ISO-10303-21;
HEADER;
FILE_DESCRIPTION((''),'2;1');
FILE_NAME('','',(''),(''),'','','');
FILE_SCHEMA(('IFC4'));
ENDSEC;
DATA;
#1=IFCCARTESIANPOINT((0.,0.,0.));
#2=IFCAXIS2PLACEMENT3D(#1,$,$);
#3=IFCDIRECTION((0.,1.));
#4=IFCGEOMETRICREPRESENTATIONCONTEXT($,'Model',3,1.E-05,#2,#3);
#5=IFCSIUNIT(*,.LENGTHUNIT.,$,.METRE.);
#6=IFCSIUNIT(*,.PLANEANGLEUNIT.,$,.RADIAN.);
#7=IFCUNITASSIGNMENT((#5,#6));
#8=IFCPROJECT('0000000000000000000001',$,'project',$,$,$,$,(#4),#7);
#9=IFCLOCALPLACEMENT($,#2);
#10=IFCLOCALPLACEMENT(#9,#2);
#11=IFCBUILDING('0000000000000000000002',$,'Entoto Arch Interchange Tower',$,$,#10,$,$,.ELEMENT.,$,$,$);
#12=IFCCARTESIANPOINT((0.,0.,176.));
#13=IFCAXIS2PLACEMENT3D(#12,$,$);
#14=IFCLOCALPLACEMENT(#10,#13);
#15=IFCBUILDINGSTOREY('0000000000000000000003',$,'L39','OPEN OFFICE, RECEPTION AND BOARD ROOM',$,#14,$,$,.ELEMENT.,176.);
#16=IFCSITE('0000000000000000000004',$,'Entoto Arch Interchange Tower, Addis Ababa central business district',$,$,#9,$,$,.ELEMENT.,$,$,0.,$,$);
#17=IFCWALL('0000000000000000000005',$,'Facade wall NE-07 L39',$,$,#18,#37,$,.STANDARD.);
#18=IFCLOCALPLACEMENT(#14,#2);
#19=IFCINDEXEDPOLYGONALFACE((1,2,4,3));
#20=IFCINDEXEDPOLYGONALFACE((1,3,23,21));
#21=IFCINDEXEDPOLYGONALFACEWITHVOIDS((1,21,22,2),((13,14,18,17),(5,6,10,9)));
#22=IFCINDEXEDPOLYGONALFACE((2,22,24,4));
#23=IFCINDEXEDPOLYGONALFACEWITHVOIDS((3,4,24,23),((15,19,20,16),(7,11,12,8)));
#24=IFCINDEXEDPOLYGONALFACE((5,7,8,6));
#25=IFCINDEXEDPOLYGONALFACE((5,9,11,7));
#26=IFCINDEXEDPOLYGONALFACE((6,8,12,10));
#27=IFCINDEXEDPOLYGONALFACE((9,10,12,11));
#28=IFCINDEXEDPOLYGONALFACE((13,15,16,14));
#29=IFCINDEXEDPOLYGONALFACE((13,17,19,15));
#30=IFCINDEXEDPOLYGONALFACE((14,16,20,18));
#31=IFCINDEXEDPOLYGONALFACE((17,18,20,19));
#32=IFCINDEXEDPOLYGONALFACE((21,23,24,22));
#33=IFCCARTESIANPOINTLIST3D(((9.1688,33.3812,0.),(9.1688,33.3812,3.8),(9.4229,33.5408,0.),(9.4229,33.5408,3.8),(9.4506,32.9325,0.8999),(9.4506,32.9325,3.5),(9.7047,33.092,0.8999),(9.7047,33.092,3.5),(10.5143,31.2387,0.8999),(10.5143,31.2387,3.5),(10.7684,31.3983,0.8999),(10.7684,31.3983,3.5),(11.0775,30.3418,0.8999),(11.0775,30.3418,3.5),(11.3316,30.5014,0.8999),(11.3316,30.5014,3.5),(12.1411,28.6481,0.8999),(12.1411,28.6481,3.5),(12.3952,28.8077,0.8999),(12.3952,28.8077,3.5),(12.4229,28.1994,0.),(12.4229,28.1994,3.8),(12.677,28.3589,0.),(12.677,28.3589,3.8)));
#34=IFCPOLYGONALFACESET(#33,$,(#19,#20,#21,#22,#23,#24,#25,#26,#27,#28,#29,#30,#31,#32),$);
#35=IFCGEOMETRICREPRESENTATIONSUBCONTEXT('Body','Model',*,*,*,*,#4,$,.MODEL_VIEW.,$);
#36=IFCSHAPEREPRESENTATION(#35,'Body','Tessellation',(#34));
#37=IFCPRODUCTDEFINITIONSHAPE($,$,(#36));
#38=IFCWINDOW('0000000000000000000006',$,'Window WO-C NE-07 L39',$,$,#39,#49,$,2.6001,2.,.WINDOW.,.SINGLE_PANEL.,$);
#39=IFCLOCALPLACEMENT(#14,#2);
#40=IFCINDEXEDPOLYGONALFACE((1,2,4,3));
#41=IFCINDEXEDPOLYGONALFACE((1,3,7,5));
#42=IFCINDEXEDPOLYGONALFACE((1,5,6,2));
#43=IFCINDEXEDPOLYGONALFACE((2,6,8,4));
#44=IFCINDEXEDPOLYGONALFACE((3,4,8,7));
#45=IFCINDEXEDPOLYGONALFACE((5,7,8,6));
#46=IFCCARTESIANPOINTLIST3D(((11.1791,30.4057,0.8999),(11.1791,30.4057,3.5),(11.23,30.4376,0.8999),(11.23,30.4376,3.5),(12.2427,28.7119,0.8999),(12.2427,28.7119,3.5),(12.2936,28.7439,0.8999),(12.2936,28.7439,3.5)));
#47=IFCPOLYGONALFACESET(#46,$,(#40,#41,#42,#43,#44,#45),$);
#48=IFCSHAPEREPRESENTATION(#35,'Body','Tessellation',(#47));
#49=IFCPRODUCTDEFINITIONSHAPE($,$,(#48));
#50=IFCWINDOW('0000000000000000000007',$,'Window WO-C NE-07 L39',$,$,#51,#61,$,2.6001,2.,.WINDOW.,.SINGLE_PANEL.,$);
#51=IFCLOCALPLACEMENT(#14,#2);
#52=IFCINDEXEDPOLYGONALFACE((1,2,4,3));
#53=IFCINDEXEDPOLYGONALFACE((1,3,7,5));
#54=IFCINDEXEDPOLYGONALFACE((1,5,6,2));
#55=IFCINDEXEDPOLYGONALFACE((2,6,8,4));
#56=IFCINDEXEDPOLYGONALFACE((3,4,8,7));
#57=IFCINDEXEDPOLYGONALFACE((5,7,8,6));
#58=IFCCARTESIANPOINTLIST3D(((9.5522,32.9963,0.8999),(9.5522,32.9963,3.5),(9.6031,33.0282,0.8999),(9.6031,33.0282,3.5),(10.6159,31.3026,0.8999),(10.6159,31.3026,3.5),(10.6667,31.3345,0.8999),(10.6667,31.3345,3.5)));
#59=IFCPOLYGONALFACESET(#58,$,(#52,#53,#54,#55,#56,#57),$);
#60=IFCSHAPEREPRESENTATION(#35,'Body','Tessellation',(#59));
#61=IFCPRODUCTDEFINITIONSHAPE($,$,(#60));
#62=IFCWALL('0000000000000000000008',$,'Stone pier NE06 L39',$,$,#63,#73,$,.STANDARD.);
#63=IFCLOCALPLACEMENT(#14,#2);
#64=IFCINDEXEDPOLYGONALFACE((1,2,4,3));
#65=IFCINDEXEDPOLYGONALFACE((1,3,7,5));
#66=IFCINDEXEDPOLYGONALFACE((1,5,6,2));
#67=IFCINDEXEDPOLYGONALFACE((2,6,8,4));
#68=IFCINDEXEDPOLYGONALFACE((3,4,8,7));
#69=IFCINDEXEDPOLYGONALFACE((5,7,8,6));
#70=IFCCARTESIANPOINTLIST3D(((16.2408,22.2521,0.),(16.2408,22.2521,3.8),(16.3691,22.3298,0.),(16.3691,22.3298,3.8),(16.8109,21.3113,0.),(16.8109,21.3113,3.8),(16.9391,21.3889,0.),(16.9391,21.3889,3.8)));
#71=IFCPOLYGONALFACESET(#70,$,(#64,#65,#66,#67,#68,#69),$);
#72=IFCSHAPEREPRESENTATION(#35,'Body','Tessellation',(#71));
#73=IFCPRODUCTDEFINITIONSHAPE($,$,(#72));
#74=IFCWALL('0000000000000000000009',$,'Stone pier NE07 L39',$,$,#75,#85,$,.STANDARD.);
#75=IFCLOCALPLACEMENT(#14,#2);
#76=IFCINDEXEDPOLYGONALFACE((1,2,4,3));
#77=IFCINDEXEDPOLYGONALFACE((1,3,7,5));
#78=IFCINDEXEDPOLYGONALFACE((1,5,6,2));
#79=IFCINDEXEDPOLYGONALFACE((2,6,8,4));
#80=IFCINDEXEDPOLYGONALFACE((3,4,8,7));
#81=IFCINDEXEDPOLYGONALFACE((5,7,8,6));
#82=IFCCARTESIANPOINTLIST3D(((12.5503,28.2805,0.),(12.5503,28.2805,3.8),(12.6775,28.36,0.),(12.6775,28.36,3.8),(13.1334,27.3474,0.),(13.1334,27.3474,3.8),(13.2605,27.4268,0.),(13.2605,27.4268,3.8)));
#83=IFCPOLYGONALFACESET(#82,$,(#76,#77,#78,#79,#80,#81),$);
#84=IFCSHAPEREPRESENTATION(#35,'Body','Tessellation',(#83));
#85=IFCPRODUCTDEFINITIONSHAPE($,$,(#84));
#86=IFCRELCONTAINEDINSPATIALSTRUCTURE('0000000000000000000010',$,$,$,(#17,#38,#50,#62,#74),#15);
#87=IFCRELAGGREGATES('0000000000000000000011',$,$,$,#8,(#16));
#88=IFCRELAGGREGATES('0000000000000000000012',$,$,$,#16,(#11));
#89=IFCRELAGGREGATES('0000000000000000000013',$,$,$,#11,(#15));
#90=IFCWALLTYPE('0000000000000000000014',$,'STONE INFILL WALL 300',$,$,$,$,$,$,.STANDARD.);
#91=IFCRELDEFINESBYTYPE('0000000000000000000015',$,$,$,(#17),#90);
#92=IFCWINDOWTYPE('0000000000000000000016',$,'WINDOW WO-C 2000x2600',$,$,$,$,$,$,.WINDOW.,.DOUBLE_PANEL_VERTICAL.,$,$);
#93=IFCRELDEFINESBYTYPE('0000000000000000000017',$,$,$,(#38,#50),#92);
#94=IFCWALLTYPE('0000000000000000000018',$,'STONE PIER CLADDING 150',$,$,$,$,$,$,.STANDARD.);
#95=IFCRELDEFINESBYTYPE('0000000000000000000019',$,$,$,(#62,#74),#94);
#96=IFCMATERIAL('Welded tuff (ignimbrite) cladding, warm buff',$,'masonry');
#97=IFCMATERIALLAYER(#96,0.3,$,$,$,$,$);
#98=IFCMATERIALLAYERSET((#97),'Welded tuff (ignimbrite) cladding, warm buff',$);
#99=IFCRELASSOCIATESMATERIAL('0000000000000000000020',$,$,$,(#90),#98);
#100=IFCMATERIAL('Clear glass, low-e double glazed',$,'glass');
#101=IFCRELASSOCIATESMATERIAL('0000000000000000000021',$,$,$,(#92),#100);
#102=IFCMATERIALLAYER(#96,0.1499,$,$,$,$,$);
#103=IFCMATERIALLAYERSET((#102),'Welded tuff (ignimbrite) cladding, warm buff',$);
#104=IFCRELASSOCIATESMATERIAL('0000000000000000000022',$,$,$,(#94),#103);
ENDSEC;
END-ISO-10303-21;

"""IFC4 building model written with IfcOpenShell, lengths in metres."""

from ifc_helpers import new_model, si_unit, direction, frame, frame_2d, origin, place, context, subcontext, project, spatial, rectangle, extrude, material, layer, layer_set, type_object, element, fill, save


model = new_model("IFC4")

# Units and contexts
model_context = context("Model", 3, precision=1e-05, world=origin(), true_north=direction((0.0, 1.0)))
body_context = subcontext(model_context, "Body", "Model", "MODEL_VIEW")
ifc_project = project(units=[si_unit("LENGTHUNIT", "METRE"), si_unit("PLANEANGLEUNIT", "RADIAN")], contexts=[model_context])

# Site, building, storey
site_placement = place(None, origin())
site = spatial("IfcSite", under=ifc_project, at=site_placement, Name="Entoto Arch Interchange Tower, Addis Ababa central business district", CompositionType="ELEMENT", RefElevation=0.0)
building_placement = place(site_placement, origin())
building = spatial("IfcBuilding", under=site, at=building_placement, Name="Entoto Arch Interchange Tower", CompositionType="ELEMENT")
storey_placement = place(building_placement, frame((0.0, 0.0, 176.0)))
storey = spatial("IfcBuildingStorey", under=building, at=storey_placement, Name="L39", Description="OPEN OFFICE, RECEPTION AND BOARD ROOM", CompositionType="ELEMENT", Elevation=176.0)

# Shared definitions
ifc_material_1 = material(Name="Welded tuff (ignimbrite) cladding, warm buff", Category="masonry")
ifc_layer_1 = layer(ifc_material_1, 0.3)
ifc_layer_set_1 = layer_set([ifc_layer_1], Name="Welded tuff (ignimbrite) cladding, warm buff")
wall_type_1 = type_object("IfcWallType", Name="STONE INFILL WALL 300", PredefinedType="STANDARD", material=ifc_layer_set_1)
ifc_material_2 = material(Name="Clear glass, low-e double glazed", Category="glass")
window_type = type_object("IfcWindowType", Name="WINDOW WO-C 2000x2600", PartitioningType="DOUBLE_PANEL_VERTICAL", PredefinedType="WINDOW", material=ifc_material_2)

# Wall, openings, windows
wall_1_placement = place(storey_placement, frame((12.55, 28.2791, 0.0), z_axis=(0.0, 0.0, 1.0), x_axis=(-0.531816, 0.84686, 0.0)))
wall_1 = element("IfcWall", 1, at=wall_1_placement, inside=storey, type_object=wall_type_1, Name="Facade wall NE-07 L39", PredefinedType="STANDARD", context=body_context, shape_type="SweptSolid", body=[
    extrude(rectangle(XDim=6.1189, YDim=0.3, at=frame_2d((3.0596, 0.0))), origin(), (0.0, 0.0, 1.0), 3.8),
])
opening_1_placement = place(wall_1_placement, frame((0.53, 0.0, 0.8999)))
opening_1 = element("IfcOpeningElement", 2, at=opening_1_placement, cuts=wall_1, PredefinedType="OPENING", context=body_context, shape_type="SweptSolid", body=[
    extrude(rectangle(XDim=2.0, YDim=2.6001, at=frame_2d((1.0, 1.3))), frame((0.0, 0.1602, 0.0), z_axis=(0.0, -1.0, 0.0), x_axis=(1.0, 0.0, 0.0)), (0.0, 0.0, 1.0), 0.3201),
])
opening_2_placement = place(wall_1_placement, frame((3.5891, 0.0, 0.8999)))
opening_2 = element("IfcOpeningElement", 3, at=opening_2_placement, cuts=wall_1, PredefinedType="OPENING", context=body_context, shape_type="SweptSolid", body=[
    extrude(rectangle(XDim=2.0, YDim=2.6001, at=frame_2d((1.0, 1.3))), frame((0.0, 0.1602, 0.0), z_axis=(0.0, -1.0, 0.0), x_axis=(1.0, 0.0, 0.0)), (0.0, 0.0, 1.0), 0.3201),
])
window_1_placement = place(opening_1_placement, origin())
window_1 = element("IfcWindow", 4, at=window_1_placement, inside=storey, type_object=window_type, Name="Window WO-C NE-07 L39", OverallHeight=2.6001, OverallWidth=2.0, PartitioningType="SINGLE_PANEL", PredefinedType="WINDOW", context=body_context, shape_type="SweptSolid", body=[
    extrude(rectangle(XDim=2.0, YDim=2.6001, at=frame_2d((1.0, 1.3))), frame((0.0, 0.03, 0.0), z_axis=(0.0, -1.0, 0.0), x_axis=(1.0, 0.0, 0.0)), (0.0, 0.0, 1.0), 0.0601),
])
fill(opening_1, window_1)
window_2_placement = place(opening_2_placement, origin())
window_2 = element("IfcWindow", 5, at=window_2_placement, inside=storey, type_object=window_type, Name="Window WO-C NE-07 L39", OverallHeight=2.6001, OverallWidth=2.0, PartitioningType="SINGLE_PANEL", PredefinedType="WINDOW", context=body_context, shape_type="SweptSolid", body=[
    extrude(rectangle(XDim=2.0, YDim=2.6001, at=frame_2d((1.0, 1.3))), frame((0.0, 0.03, 0.0), z_axis=(0.0, -1.0, 0.0), x_axis=(1.0, 0.0, 0.0)), (0.0, 0.0, 1.0), 0.0601),
])
fill(opening_2, window_2)

# Walls
ifc_layer_2 = layer(ifc_material_1, 0.1499)
ifc_layer_set_2 = layer_set([ifc_layer_2], Name="Welded tuff (ignimbrite) cladding, warm buff")
wall_type_2 = type_object("IfcWallType", Name="STONE PIER CLADDING 150", PredefinedType="STANDARD", material=ifc_layer_set_2)
wall_2_placement = place(storey_placement, frame((16.875, 21.3501, 0.0), z_axis=(0.0, 0.0, 1.0), x_axis=(-0.518179, 0.855272, 0.0)))
element("IfcWall", 6, at=wall_2_placement, inside=storey, type_object=wall_type_2, Name="Stone pier NE06 L39", PredefinedType="STANDARD", context=body_context, shape_type="SweptSolid", body=[
    extrude(rectangle(XDim=1.1001, YDim=0.1499, at=frame_2d((0.55, 0.0))), origin(), (0.0, 0.0, 1.0), 3.8),
])
wall_3_placement = place(storey_placement, frame((13.197, 27.387, 0.0), z_axis=(0.0, 0.0, 1.0), x_axis=(-0.529879, 0.848073, 0.0)))
element("IfcWall", 7, at=wall_3_placement, inside=storey, type_object=wall_type_2, Name="Stone pier NE07 L39", PredefinedType="STANDARD", context=body_context, shape_type="SweptSolid", body=[
    extrude(rectangle(XDim=1.1003, YDim=0.1499, at=frame_2d((0.5503, 0.0))), origin(), (0.0, 0.0, 1.0), 3.8),
])

save(model, "model.ifc")
